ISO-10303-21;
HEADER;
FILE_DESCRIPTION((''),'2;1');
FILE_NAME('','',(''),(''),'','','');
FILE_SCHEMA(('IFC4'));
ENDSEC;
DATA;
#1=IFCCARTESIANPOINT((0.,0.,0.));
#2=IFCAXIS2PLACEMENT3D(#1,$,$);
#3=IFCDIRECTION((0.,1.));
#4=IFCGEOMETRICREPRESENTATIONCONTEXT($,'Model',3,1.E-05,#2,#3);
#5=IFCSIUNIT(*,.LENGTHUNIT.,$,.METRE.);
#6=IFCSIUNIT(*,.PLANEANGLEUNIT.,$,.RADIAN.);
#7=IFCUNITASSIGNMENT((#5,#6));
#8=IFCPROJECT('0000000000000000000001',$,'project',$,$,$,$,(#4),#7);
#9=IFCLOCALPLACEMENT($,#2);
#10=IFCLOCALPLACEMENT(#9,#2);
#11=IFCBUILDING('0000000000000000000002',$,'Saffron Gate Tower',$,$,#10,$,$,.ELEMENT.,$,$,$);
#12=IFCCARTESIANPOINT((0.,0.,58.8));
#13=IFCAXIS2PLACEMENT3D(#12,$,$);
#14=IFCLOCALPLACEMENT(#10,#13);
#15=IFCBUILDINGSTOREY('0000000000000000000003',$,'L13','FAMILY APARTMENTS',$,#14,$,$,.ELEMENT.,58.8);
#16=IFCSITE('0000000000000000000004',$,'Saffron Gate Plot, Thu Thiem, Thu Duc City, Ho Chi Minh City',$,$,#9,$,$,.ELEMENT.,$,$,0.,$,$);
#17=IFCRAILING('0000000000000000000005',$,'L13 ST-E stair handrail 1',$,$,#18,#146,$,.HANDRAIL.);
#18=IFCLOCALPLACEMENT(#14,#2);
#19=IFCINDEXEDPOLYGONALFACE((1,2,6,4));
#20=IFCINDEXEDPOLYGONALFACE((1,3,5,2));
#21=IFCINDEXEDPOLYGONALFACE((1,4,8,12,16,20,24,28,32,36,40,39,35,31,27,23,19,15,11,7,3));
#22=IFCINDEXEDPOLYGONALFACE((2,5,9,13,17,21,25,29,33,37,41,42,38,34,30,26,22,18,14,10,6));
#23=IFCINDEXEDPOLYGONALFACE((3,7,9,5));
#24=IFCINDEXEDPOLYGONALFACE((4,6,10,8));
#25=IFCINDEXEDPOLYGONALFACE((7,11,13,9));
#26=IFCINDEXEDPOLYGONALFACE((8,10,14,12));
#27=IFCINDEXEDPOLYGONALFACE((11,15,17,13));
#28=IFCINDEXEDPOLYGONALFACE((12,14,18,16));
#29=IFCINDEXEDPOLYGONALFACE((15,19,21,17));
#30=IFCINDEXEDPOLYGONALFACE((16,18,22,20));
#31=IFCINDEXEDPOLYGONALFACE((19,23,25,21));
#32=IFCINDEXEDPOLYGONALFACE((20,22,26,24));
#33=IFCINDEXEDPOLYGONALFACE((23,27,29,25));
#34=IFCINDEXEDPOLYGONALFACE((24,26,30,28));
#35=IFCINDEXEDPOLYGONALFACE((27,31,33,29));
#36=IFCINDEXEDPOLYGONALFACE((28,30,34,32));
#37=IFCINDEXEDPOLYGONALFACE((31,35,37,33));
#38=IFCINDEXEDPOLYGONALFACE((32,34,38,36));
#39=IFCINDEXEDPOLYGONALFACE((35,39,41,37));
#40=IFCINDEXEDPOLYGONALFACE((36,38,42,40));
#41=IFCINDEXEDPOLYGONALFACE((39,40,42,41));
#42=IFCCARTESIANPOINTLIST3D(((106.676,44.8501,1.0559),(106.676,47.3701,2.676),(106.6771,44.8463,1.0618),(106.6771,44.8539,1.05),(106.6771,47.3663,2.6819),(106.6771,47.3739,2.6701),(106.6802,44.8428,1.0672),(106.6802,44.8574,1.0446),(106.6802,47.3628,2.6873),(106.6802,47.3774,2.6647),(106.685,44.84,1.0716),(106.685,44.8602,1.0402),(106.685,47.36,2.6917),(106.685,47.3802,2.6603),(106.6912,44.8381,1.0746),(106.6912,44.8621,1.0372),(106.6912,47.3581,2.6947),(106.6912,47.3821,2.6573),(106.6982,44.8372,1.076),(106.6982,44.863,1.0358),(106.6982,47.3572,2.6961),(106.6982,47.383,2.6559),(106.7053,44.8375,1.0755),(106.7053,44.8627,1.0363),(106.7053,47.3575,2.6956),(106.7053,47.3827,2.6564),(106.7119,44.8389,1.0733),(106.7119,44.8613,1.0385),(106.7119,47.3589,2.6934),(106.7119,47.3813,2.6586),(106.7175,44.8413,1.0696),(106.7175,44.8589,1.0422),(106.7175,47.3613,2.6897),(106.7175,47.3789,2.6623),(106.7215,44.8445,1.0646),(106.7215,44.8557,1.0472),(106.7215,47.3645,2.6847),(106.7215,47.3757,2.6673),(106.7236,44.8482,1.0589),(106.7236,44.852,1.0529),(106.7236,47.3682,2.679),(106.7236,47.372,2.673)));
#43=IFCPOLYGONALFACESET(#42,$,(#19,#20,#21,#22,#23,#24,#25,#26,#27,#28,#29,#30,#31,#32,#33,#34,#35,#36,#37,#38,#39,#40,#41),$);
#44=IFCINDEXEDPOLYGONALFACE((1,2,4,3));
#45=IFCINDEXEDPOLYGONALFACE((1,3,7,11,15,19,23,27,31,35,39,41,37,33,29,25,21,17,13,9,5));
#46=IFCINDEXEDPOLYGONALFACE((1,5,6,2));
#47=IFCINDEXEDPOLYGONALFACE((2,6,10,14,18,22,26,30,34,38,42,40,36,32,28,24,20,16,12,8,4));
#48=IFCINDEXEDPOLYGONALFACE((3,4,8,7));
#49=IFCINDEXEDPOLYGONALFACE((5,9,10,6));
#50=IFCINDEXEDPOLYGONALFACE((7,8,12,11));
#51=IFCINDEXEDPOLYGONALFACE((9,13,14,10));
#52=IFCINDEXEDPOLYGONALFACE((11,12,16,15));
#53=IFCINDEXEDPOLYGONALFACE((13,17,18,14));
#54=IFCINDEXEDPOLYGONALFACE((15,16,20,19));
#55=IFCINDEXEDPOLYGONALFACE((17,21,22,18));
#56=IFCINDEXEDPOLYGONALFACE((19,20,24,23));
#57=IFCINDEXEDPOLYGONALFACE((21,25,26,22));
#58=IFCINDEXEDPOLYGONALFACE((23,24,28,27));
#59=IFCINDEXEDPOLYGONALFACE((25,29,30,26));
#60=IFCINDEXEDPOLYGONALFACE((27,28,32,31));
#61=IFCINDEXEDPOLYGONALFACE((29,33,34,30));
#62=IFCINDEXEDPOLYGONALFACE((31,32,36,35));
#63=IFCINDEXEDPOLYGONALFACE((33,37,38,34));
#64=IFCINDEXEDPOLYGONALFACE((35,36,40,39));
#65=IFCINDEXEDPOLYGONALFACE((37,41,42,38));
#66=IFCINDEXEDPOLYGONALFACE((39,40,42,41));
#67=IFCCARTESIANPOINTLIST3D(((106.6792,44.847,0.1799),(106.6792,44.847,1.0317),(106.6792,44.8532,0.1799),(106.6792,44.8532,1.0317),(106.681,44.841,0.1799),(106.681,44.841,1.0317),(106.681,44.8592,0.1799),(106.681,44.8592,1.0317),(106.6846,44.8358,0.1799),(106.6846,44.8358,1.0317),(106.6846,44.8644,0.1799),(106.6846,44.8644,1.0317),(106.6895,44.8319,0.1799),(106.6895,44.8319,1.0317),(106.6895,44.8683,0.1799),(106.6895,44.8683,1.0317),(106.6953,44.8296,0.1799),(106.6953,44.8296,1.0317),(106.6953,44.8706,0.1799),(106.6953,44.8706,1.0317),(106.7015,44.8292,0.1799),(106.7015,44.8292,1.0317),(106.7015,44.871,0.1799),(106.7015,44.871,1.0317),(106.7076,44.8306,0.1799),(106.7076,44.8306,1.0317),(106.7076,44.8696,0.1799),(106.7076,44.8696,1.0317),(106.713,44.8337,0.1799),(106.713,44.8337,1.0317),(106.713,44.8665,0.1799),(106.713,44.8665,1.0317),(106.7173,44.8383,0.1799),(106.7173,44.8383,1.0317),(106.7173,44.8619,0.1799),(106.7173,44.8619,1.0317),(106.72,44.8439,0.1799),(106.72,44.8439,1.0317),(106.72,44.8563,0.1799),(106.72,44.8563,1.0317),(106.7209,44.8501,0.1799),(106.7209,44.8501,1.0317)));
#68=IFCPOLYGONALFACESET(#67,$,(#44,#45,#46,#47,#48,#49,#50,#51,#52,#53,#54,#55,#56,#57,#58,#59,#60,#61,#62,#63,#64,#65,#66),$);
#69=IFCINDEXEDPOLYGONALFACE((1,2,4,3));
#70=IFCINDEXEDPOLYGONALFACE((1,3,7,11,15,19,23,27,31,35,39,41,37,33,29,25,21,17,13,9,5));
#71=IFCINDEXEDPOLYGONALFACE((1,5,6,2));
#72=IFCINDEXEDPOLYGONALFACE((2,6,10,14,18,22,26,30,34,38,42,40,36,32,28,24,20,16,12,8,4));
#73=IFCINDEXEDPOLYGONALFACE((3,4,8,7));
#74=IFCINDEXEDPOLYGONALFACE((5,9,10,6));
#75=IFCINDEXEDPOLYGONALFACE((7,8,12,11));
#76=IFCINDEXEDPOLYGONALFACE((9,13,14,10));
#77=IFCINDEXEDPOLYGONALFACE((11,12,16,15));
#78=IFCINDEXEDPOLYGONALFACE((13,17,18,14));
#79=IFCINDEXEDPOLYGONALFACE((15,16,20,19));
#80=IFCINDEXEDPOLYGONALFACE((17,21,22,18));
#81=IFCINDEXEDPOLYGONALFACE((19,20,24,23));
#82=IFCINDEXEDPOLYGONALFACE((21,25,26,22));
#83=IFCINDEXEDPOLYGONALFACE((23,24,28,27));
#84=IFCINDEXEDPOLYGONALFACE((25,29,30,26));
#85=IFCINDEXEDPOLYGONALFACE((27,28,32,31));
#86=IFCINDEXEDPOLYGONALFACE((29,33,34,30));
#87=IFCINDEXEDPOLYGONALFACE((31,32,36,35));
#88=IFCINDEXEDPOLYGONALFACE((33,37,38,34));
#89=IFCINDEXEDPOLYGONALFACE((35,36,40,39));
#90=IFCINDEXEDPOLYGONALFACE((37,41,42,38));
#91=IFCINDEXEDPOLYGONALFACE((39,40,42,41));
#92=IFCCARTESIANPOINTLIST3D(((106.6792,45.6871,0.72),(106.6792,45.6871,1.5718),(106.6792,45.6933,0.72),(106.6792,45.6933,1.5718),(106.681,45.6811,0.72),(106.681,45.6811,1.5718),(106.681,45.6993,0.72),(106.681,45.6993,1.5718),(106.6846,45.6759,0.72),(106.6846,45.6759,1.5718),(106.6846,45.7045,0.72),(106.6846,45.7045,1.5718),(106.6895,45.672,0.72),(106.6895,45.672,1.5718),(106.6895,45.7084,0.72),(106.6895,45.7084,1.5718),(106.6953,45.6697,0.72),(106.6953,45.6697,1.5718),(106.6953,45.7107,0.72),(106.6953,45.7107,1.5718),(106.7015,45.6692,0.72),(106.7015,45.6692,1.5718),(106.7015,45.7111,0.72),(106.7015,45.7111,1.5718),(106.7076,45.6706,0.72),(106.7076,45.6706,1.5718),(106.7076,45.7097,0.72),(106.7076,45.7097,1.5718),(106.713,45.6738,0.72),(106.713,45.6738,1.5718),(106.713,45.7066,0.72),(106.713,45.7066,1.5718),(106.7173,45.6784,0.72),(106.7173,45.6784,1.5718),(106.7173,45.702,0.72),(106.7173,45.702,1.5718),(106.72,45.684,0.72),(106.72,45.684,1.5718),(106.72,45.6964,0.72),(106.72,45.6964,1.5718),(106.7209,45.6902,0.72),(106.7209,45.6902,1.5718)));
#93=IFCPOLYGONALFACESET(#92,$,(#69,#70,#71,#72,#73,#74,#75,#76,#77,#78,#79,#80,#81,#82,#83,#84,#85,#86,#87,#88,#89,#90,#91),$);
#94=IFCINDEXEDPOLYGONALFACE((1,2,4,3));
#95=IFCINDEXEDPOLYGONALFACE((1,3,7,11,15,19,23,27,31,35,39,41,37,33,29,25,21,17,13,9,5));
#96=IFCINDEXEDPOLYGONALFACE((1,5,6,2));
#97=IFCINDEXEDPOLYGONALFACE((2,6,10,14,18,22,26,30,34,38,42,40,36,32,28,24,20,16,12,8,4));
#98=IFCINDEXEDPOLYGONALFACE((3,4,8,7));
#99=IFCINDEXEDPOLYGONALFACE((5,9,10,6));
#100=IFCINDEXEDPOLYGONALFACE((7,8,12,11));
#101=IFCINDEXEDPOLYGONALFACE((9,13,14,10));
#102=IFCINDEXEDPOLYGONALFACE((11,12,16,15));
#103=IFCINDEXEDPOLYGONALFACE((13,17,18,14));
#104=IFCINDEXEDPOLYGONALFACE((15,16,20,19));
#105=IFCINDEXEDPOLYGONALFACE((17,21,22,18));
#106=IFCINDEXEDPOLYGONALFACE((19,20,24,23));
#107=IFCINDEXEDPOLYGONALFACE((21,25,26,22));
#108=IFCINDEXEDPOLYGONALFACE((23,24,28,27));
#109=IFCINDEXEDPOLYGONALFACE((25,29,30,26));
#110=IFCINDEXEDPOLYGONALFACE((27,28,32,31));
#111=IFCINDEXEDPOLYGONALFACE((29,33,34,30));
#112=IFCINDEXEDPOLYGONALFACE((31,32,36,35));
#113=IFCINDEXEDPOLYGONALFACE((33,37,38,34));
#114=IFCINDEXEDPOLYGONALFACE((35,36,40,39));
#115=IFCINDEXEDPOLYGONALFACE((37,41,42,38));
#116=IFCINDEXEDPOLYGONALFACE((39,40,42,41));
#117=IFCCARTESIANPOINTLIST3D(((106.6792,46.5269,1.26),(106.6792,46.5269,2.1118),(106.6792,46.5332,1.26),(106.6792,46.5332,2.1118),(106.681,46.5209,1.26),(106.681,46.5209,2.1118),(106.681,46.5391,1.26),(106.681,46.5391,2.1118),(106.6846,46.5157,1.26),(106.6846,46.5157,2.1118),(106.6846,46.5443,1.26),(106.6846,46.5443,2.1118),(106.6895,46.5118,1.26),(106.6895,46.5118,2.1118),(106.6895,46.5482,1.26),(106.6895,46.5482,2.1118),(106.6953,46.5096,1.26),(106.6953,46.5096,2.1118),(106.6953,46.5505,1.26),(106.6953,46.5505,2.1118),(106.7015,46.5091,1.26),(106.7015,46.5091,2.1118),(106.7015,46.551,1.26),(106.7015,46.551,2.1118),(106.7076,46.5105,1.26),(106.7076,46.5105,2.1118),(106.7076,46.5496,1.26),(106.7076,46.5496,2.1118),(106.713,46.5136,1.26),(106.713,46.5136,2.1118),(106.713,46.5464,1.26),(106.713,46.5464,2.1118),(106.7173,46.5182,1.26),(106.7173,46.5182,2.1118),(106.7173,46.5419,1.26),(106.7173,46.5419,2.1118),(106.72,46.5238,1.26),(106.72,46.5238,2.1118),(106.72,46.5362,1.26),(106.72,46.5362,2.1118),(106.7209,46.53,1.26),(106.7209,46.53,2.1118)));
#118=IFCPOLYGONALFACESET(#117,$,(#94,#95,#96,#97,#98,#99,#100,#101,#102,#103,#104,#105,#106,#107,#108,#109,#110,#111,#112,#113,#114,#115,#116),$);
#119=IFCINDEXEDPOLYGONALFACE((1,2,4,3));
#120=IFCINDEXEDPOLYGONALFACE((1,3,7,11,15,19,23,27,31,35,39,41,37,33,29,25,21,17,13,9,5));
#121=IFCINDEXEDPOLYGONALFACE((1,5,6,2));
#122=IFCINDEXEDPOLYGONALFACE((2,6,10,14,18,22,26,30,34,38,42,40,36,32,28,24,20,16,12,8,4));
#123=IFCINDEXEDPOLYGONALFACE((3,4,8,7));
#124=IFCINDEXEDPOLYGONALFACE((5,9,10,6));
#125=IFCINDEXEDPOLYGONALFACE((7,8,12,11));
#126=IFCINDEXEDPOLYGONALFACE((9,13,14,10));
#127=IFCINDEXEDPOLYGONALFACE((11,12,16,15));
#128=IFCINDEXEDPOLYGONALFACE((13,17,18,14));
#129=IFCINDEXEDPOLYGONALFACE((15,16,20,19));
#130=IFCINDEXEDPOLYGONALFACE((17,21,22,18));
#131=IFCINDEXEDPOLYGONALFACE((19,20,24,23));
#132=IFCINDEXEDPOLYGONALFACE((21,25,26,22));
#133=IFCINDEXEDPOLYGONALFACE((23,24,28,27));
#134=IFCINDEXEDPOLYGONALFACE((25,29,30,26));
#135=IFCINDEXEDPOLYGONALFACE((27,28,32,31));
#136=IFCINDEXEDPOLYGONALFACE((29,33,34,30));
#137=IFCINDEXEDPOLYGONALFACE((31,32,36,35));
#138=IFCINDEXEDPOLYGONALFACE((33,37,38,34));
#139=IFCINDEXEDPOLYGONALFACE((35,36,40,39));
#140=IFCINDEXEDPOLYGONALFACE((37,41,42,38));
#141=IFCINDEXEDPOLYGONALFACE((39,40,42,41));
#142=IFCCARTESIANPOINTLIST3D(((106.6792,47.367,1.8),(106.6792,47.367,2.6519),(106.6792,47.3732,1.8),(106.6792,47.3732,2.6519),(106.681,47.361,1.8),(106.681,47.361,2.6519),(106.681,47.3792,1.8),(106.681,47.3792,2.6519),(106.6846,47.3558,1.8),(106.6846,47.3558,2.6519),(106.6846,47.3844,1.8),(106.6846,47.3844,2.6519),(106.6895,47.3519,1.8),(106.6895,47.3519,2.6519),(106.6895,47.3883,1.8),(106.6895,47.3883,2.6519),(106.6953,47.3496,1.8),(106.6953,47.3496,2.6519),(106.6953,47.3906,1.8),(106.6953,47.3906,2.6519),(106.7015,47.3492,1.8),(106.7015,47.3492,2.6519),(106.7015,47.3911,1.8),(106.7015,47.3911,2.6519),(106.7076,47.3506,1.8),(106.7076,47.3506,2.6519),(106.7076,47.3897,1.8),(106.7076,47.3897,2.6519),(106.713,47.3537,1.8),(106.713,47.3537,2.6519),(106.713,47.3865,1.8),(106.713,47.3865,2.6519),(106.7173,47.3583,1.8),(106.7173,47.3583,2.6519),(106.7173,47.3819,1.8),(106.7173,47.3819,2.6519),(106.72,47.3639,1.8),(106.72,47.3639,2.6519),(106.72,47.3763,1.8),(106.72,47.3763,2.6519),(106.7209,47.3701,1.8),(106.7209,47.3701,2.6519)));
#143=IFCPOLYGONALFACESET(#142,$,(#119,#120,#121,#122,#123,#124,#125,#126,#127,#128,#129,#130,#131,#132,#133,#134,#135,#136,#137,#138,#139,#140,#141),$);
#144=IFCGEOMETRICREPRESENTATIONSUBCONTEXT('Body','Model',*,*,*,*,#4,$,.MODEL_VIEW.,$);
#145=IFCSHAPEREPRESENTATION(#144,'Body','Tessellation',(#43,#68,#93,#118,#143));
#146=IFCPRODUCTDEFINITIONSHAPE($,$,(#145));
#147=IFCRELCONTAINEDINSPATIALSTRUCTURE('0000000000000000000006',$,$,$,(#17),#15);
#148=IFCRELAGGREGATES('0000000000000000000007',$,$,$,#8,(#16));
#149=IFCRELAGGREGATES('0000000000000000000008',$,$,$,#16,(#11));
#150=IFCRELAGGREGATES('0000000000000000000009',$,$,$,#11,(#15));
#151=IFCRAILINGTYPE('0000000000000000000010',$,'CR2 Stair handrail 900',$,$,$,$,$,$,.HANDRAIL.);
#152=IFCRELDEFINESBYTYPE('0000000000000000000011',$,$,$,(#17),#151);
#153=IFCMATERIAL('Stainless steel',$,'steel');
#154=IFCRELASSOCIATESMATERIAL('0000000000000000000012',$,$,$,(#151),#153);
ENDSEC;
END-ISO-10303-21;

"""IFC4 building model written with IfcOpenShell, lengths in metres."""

from ifc_helpers import new_model, si_unit, direction, frame, origin, origin_2d, place, context, subcontext, project, spatial, circle, extrude, material, type_object, element, save


model = new_model("IFC4")

# Units and contexts
model_context = context("Model", 3, precision=1e-05, world=origin(), true_north=direction((0.0, 1.0)))
body_context = subcontext(model_context, "Body", "Model", "MODEL_VIEW")
ifc_project = project(units=[si_unit("LENGTHUNIT", "METRE"), si_unit("PLANEANGLEUNIT", "RADIAN")], contexts=[model_context])

# Site, building, storey
site_placement = place(None, origin())
site = spatial("IfcSite", under=ifc_project, at=site_placement, Name="Saffron Gate Plot, Thu Thiem, Thu Duc City, Ho Chi Minh City", CompositionType="ELEMENT", RefElevation=0.0)
building_placement = place(site_placement, origin())
building = spatial("IfcBuilding", under=site, at=building_placement, Name="Saffron Gate Tower", CompositionType="ELEMENT")
storey_placement = place(building_placement, frame((0.0, 0.0, 58.8)))
storey = spatial("IfcBuildingStorey", under=building, at=storey_placement, Name="L13", Description="FAMILY APARTMENTS", CompositionType="ELEMENT", Elevation=58.8)

# Railing
ifc_material_1 = material(Name="Stainless steel", Category="steel")
railing_type_1 = type_object("IfcRailingType", Name="CR2 Stair handrail 900", PredefinedType="HANDRAIL", material=ifc_material_1)
railing_1_placement = place(storey_placement, frame((106.7, 44.8501, 0.1799)))
element("IfcRailing", 1, at=railing_1_placement, inside=storey, type_object=railing_type_1, Name="L13 ST-E stair handrail 1", PredefinedType="HANDRAIL", context=body_context, shape_type="SweptSolid", body=[
    extrude(circle(Radius=0.0239, at=origin_2d()), frame((0.0, 0.0, 0.876), z_axis=(0.0, 0.841163, 0.540782), x_axis=(-1.0, 0.0, 0.0)), (0.0, 0.0, 1.0), 2.9958),
    extrude(circle(Radius=0.021, at=origin_2d()), origin(), (0.0, 0.0, 1.0), 0.8518),
    extrude(circle(Radius=0.021, at=origin_2d()), frame((0.0, 0.8401, 0.54)), (0.0, 0.0, 1.0), 0.8518),
    extrude(circle(Radius=0.021, at=origin_2d()), frame((0.0, 1.6799, 1.0801)), (0.0, 0.0, 1.0), 0.8518),
    extrude(circle(Radius=0.021, at=origin_2d()), frame((0.0, 2.52, 1.6201)), (0.0, 0.0, 1.0), 0.8518),
])

save(model, "model.ifc")
